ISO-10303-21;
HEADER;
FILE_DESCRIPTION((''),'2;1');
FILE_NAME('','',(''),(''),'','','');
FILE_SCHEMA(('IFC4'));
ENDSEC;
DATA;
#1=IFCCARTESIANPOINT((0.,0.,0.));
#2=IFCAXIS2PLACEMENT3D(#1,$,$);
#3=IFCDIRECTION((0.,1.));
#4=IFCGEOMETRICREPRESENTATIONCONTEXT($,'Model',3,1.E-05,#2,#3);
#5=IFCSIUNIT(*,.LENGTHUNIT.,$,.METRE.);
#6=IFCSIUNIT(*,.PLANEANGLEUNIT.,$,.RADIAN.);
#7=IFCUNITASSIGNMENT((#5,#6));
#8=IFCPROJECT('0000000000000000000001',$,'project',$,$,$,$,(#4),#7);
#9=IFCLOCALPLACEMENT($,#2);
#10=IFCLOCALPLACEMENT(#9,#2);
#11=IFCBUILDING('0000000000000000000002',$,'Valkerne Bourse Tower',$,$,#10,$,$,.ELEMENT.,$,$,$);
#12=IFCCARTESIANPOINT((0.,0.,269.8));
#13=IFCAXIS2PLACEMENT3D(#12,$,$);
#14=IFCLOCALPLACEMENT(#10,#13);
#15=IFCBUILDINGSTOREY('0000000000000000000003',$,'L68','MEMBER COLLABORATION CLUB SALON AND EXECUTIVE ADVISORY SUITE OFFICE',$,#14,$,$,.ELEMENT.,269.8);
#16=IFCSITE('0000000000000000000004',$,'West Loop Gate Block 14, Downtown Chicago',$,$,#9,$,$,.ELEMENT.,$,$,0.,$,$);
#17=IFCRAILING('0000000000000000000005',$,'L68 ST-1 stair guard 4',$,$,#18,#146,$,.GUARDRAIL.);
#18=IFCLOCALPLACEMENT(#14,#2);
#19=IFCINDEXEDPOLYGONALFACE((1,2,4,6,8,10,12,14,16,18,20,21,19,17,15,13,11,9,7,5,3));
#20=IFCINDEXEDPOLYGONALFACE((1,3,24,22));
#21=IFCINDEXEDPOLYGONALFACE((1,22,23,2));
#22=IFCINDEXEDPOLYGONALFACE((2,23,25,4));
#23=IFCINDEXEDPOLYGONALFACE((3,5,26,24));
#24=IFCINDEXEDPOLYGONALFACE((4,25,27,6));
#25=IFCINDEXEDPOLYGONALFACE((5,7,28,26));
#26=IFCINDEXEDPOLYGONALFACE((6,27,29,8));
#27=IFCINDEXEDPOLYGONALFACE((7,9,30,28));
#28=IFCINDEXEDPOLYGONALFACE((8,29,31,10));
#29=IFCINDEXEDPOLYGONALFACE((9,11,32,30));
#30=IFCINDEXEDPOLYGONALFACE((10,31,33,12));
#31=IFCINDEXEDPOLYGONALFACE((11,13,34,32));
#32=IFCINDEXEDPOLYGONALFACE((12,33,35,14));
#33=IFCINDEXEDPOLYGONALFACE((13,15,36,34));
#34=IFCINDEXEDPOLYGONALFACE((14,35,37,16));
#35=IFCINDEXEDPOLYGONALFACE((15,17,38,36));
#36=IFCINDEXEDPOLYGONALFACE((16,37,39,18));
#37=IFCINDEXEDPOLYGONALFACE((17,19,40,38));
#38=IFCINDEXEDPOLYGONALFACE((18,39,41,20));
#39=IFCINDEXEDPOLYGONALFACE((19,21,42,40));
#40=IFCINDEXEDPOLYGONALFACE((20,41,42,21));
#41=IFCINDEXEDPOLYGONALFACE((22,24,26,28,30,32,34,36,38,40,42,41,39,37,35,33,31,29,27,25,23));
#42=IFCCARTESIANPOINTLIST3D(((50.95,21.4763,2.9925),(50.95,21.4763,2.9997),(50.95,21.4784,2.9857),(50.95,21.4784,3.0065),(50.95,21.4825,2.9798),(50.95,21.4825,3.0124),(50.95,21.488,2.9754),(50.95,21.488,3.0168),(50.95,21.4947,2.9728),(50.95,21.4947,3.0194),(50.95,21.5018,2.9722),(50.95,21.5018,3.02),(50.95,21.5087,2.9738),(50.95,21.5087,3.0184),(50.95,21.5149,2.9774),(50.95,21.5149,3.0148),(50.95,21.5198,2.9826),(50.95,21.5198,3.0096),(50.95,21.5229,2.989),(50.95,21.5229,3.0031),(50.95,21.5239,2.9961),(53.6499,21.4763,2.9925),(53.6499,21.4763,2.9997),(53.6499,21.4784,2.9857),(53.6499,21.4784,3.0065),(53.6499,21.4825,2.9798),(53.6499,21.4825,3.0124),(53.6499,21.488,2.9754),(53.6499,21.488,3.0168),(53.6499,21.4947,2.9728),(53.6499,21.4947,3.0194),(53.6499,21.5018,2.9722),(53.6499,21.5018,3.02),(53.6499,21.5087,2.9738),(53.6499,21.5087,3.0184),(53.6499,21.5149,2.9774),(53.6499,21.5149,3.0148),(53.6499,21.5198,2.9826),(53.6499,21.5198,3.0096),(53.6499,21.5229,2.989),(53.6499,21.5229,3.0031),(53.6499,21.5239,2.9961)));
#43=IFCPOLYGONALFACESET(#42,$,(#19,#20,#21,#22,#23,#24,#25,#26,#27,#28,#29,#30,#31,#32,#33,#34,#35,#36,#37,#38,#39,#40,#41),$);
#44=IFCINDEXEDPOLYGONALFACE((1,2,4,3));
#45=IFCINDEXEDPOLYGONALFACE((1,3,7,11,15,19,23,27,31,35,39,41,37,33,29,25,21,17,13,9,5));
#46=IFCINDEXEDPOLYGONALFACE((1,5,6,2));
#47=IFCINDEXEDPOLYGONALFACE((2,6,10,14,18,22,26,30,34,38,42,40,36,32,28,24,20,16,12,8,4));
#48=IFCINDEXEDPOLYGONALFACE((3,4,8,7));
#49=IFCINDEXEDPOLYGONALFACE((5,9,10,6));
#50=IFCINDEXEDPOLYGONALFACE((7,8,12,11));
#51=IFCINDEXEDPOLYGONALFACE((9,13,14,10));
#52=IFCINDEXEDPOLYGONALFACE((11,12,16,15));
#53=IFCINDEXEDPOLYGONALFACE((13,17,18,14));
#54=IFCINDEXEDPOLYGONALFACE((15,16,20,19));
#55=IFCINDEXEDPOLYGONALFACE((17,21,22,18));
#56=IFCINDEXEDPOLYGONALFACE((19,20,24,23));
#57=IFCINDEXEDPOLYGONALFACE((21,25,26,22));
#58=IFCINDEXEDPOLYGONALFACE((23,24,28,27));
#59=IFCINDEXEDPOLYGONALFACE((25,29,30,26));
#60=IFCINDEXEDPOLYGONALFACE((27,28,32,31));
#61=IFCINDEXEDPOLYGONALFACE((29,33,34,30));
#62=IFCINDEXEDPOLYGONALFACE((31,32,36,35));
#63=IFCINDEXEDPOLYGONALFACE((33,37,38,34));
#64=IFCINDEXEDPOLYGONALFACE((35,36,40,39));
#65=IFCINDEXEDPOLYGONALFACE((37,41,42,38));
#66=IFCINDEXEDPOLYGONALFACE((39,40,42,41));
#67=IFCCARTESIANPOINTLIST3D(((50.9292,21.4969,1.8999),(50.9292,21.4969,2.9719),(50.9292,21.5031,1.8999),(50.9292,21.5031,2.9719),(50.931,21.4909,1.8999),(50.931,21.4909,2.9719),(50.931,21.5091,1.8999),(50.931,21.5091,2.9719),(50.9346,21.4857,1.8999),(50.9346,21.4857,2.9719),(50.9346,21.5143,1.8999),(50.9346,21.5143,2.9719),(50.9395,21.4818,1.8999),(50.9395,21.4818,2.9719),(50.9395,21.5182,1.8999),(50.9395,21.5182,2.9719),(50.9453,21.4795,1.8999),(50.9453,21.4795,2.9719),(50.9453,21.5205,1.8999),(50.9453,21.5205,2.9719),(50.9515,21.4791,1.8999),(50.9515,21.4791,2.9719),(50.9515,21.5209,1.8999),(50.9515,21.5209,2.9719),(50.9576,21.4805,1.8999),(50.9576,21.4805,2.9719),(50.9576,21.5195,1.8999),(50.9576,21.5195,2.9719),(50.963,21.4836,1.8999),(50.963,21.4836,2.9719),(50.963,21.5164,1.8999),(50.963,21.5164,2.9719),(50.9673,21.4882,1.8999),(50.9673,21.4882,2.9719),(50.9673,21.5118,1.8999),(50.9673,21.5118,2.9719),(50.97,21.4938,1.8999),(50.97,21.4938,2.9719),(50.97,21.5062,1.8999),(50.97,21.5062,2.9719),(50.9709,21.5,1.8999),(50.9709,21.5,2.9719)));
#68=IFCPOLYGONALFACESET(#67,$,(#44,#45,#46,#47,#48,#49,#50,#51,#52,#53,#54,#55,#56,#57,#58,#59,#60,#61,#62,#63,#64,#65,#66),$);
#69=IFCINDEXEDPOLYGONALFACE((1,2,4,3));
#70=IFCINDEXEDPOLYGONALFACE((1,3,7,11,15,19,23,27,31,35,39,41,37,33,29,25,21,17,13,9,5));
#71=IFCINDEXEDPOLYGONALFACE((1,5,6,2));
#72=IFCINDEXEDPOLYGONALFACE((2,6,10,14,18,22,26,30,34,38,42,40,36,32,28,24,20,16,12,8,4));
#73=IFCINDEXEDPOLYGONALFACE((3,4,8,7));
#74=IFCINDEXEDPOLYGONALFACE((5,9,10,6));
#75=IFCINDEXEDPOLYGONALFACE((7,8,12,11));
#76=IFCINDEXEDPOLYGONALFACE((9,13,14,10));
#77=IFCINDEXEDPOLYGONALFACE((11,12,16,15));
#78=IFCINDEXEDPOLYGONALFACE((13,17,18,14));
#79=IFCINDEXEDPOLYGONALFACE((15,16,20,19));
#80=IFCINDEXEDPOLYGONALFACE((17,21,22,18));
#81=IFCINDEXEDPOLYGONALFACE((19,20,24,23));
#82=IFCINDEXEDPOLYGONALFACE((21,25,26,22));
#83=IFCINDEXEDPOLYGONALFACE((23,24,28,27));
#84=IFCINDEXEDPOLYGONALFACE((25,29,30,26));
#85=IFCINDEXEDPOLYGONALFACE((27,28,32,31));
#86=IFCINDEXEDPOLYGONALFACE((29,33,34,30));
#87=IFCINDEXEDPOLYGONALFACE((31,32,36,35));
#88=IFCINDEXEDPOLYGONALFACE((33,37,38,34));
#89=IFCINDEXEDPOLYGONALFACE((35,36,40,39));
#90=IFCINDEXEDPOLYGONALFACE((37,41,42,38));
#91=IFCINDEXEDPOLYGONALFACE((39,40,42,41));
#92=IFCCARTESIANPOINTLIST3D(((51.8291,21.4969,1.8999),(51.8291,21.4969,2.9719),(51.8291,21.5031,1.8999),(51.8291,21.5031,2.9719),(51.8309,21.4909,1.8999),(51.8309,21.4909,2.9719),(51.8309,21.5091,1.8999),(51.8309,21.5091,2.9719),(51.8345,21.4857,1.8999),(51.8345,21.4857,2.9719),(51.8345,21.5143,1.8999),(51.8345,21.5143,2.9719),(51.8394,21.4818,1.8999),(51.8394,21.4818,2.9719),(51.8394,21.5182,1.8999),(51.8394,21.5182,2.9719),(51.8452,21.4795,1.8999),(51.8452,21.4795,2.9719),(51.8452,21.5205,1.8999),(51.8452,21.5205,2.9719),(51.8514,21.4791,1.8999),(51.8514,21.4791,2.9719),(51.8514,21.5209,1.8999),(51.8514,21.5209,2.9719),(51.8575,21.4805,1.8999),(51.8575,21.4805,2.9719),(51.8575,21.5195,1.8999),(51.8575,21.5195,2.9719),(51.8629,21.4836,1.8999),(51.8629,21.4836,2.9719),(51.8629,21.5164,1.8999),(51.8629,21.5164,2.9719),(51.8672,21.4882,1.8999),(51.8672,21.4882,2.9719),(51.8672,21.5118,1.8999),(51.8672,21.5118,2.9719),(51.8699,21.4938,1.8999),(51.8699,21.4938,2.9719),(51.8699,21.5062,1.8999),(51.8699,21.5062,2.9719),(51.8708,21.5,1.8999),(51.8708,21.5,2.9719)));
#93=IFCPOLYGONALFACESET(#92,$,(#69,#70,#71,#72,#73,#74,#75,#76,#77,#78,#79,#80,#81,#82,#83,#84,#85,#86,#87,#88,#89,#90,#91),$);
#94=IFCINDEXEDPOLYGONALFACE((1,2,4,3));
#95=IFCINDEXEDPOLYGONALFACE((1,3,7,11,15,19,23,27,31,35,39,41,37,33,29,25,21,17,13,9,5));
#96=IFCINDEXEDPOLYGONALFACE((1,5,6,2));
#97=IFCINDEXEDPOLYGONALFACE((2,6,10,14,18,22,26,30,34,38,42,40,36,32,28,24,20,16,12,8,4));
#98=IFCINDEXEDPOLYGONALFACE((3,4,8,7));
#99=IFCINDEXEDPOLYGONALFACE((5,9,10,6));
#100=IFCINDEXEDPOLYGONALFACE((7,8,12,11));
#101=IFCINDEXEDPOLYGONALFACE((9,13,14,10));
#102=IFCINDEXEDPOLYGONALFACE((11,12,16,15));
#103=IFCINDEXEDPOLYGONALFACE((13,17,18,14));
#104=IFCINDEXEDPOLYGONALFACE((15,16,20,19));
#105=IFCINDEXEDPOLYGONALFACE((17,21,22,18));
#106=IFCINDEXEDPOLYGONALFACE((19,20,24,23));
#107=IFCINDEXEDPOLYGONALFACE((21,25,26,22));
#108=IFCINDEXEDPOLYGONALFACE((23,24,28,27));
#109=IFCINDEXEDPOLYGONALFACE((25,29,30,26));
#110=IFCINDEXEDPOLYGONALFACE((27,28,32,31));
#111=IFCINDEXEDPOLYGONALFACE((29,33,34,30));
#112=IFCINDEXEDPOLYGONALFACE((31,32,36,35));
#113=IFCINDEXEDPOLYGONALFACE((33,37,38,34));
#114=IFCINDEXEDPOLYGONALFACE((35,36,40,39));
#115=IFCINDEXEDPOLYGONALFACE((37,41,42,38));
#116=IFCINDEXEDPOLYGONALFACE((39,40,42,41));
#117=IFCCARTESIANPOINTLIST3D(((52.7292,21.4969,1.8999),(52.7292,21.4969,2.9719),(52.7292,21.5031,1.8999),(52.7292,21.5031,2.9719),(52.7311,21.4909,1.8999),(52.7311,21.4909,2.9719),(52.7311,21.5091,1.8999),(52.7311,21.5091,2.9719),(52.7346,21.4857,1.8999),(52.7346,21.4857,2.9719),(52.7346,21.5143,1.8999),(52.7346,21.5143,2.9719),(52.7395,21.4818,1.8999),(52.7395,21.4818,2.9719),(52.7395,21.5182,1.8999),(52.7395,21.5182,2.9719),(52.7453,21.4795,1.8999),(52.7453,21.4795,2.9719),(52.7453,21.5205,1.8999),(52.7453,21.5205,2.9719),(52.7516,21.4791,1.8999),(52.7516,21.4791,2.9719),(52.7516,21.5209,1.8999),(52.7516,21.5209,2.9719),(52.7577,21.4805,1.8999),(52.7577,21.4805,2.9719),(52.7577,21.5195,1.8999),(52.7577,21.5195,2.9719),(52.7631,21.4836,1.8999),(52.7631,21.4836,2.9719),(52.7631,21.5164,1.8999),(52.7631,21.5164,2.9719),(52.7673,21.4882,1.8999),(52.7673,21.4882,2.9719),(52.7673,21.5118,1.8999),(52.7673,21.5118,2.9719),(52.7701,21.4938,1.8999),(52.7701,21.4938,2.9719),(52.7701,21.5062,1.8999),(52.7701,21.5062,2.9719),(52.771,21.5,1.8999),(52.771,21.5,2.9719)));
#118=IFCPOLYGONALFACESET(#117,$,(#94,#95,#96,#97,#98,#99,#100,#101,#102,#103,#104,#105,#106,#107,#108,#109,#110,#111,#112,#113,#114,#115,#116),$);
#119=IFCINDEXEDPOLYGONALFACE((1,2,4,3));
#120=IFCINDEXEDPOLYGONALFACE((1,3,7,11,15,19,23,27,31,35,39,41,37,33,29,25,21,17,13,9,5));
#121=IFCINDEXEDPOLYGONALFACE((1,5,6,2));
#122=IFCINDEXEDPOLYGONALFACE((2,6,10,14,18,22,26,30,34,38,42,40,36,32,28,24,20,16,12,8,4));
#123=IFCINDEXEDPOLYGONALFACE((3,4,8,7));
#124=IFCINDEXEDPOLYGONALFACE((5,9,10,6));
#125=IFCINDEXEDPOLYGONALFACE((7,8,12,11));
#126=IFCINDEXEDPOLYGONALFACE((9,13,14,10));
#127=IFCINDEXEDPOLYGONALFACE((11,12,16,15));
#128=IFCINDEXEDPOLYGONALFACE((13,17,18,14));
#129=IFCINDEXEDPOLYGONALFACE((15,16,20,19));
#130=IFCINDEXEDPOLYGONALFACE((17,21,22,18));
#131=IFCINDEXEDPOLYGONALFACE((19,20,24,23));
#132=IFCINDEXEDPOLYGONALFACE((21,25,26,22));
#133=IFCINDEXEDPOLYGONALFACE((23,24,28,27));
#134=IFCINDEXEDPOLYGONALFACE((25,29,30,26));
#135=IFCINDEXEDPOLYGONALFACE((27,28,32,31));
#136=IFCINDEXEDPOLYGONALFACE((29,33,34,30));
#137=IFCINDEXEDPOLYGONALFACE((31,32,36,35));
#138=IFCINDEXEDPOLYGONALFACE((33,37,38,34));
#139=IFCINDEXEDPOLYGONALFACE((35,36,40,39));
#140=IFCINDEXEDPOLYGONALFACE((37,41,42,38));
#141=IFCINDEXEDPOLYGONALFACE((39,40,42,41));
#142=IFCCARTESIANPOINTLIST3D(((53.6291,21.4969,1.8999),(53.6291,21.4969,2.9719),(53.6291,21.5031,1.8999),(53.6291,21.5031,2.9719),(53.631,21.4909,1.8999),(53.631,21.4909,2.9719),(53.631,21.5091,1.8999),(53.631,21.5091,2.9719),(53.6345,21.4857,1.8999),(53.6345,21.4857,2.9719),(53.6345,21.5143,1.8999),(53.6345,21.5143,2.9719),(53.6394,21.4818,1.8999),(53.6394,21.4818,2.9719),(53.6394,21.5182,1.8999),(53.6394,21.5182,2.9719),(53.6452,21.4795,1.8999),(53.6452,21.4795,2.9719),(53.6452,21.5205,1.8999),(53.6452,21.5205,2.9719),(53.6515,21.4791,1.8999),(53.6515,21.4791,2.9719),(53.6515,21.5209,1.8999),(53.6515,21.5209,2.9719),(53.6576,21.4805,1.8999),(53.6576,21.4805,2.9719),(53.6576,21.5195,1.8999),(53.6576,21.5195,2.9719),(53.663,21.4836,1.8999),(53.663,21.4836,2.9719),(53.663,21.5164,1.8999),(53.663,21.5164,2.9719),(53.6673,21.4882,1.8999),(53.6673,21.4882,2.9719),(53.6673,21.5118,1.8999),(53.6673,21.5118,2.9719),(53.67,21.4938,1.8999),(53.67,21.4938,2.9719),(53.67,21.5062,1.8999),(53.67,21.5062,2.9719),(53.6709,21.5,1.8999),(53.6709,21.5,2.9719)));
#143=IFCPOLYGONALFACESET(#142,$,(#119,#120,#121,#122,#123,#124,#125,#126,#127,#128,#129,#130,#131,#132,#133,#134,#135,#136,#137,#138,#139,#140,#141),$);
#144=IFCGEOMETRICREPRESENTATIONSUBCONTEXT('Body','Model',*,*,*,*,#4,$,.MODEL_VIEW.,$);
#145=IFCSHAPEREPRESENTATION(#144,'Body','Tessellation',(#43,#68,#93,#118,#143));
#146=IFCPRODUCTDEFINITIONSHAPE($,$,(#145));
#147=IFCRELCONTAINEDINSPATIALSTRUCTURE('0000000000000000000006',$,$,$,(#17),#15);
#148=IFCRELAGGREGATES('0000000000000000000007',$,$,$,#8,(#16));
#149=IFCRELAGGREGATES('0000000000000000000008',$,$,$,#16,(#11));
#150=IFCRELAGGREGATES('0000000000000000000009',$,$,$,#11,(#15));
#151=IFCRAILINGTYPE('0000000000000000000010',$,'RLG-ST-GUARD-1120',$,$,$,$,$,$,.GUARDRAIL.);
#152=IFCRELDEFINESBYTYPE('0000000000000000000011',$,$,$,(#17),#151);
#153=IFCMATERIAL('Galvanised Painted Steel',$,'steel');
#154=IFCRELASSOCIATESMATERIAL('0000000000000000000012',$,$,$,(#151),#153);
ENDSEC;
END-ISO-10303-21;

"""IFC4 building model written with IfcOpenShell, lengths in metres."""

from ifc_helpers import new_model, si_unit, direction, frame, origin, origin_2d, place, context, subcontext, project, spatial, circle, extrude, material, type_object, element, save


model = new_model("IFC4")

# Units and contexts
model_context = context("Model", 3, precision=1e-05, world=origin(), true_north=direction((0.0, 1.0)))
body_context = subcontext(model_context, "Body", "Model", "MODEL_VIEW")
ifc_project = project(units=[si_unit("LENGTHUNIT", "METRE"), si_unit("PLANEANGLEUNIT", "RADIAN")], contexts=[model_context])

# Site, building, storey
site_placement = place(None, origin())
site = spatial("IfcSite", under=ifc_project, at=site_placement, Name="West Loop Gate Block 14, Downtown Chicago", CompositionType="ELEMENT", RefElevation=0.0)
building_placement = place(site_placement, origin())
building = spatial("IfcBuilding", under=site, at=building_placement, Name="Valkerne Bourse Tower", CompositionType="ELEMENT")
storey_placement = place(building_placement, frame((0.0, 0.0, 269.8)))
storey = spatial("IfcBuildingStorey", under=building, at=storey_placement, Name="L68", Description="MEMBER COLLABORATION CLUB SALON AND EXECUTIVE ADVISORY SUITE OFFICE", CompositionType="ELEMENT", Elevation=269.8)

# Shared definitions
ifc_material_1 = material(Name="Galvanised Painted Steel", Category="steel")

# Railing
railing_type_1 = type_object("IfcRailingType", Name="RLG-ST-GUARD-1120", PredefinedType="GUARDRAIL", material=ifc_material_1)
for number, where, name in (
    (1, (50.95, 21.5, 1.8999), "L68 ST-1 stair guard 4"),
):
    element("IfcRailing", number, at=place(storey_placement, frame(where)), inside=storey, type_object=railing_type_1, Name=name, PredefinedType="GUARDRAIL", context=body_context, shape_type="SweptSolid", body=[
        extrude(circle(Radius=0.0239, at=origin_2d()), frame((0.0, 0.0, 1.0962), z_axis=(1.0, 0.0, 0.0), x_axis=(0.0, 1.0, 0.0)), (0.0, 0.0, 1.0), 2.7),
        extrude(circle(Radius=0.021, at=origin_2d()), origin(), (0.0, 0.0, 1.0), 1.072),
        extrude(circle(Radius=0.021, at=origin_2d()), frame((0.8999, 0.0, 0.0)), (0.0, 0.0, 1.0), 1.072),
        extrude(circle(Radius=0.021, at=origin_2d()), frame((1.8, 0.0, 0.0)), (0.0, 0.0, 1.0), 1.072),
        extrude(circle(Radius=0.021, at=origin_2d()), frame((2.7, 0.0, 0.0)), (0.0, 0.0, 1.0), 1.072),
    ])

save(model, "model.ifc")
